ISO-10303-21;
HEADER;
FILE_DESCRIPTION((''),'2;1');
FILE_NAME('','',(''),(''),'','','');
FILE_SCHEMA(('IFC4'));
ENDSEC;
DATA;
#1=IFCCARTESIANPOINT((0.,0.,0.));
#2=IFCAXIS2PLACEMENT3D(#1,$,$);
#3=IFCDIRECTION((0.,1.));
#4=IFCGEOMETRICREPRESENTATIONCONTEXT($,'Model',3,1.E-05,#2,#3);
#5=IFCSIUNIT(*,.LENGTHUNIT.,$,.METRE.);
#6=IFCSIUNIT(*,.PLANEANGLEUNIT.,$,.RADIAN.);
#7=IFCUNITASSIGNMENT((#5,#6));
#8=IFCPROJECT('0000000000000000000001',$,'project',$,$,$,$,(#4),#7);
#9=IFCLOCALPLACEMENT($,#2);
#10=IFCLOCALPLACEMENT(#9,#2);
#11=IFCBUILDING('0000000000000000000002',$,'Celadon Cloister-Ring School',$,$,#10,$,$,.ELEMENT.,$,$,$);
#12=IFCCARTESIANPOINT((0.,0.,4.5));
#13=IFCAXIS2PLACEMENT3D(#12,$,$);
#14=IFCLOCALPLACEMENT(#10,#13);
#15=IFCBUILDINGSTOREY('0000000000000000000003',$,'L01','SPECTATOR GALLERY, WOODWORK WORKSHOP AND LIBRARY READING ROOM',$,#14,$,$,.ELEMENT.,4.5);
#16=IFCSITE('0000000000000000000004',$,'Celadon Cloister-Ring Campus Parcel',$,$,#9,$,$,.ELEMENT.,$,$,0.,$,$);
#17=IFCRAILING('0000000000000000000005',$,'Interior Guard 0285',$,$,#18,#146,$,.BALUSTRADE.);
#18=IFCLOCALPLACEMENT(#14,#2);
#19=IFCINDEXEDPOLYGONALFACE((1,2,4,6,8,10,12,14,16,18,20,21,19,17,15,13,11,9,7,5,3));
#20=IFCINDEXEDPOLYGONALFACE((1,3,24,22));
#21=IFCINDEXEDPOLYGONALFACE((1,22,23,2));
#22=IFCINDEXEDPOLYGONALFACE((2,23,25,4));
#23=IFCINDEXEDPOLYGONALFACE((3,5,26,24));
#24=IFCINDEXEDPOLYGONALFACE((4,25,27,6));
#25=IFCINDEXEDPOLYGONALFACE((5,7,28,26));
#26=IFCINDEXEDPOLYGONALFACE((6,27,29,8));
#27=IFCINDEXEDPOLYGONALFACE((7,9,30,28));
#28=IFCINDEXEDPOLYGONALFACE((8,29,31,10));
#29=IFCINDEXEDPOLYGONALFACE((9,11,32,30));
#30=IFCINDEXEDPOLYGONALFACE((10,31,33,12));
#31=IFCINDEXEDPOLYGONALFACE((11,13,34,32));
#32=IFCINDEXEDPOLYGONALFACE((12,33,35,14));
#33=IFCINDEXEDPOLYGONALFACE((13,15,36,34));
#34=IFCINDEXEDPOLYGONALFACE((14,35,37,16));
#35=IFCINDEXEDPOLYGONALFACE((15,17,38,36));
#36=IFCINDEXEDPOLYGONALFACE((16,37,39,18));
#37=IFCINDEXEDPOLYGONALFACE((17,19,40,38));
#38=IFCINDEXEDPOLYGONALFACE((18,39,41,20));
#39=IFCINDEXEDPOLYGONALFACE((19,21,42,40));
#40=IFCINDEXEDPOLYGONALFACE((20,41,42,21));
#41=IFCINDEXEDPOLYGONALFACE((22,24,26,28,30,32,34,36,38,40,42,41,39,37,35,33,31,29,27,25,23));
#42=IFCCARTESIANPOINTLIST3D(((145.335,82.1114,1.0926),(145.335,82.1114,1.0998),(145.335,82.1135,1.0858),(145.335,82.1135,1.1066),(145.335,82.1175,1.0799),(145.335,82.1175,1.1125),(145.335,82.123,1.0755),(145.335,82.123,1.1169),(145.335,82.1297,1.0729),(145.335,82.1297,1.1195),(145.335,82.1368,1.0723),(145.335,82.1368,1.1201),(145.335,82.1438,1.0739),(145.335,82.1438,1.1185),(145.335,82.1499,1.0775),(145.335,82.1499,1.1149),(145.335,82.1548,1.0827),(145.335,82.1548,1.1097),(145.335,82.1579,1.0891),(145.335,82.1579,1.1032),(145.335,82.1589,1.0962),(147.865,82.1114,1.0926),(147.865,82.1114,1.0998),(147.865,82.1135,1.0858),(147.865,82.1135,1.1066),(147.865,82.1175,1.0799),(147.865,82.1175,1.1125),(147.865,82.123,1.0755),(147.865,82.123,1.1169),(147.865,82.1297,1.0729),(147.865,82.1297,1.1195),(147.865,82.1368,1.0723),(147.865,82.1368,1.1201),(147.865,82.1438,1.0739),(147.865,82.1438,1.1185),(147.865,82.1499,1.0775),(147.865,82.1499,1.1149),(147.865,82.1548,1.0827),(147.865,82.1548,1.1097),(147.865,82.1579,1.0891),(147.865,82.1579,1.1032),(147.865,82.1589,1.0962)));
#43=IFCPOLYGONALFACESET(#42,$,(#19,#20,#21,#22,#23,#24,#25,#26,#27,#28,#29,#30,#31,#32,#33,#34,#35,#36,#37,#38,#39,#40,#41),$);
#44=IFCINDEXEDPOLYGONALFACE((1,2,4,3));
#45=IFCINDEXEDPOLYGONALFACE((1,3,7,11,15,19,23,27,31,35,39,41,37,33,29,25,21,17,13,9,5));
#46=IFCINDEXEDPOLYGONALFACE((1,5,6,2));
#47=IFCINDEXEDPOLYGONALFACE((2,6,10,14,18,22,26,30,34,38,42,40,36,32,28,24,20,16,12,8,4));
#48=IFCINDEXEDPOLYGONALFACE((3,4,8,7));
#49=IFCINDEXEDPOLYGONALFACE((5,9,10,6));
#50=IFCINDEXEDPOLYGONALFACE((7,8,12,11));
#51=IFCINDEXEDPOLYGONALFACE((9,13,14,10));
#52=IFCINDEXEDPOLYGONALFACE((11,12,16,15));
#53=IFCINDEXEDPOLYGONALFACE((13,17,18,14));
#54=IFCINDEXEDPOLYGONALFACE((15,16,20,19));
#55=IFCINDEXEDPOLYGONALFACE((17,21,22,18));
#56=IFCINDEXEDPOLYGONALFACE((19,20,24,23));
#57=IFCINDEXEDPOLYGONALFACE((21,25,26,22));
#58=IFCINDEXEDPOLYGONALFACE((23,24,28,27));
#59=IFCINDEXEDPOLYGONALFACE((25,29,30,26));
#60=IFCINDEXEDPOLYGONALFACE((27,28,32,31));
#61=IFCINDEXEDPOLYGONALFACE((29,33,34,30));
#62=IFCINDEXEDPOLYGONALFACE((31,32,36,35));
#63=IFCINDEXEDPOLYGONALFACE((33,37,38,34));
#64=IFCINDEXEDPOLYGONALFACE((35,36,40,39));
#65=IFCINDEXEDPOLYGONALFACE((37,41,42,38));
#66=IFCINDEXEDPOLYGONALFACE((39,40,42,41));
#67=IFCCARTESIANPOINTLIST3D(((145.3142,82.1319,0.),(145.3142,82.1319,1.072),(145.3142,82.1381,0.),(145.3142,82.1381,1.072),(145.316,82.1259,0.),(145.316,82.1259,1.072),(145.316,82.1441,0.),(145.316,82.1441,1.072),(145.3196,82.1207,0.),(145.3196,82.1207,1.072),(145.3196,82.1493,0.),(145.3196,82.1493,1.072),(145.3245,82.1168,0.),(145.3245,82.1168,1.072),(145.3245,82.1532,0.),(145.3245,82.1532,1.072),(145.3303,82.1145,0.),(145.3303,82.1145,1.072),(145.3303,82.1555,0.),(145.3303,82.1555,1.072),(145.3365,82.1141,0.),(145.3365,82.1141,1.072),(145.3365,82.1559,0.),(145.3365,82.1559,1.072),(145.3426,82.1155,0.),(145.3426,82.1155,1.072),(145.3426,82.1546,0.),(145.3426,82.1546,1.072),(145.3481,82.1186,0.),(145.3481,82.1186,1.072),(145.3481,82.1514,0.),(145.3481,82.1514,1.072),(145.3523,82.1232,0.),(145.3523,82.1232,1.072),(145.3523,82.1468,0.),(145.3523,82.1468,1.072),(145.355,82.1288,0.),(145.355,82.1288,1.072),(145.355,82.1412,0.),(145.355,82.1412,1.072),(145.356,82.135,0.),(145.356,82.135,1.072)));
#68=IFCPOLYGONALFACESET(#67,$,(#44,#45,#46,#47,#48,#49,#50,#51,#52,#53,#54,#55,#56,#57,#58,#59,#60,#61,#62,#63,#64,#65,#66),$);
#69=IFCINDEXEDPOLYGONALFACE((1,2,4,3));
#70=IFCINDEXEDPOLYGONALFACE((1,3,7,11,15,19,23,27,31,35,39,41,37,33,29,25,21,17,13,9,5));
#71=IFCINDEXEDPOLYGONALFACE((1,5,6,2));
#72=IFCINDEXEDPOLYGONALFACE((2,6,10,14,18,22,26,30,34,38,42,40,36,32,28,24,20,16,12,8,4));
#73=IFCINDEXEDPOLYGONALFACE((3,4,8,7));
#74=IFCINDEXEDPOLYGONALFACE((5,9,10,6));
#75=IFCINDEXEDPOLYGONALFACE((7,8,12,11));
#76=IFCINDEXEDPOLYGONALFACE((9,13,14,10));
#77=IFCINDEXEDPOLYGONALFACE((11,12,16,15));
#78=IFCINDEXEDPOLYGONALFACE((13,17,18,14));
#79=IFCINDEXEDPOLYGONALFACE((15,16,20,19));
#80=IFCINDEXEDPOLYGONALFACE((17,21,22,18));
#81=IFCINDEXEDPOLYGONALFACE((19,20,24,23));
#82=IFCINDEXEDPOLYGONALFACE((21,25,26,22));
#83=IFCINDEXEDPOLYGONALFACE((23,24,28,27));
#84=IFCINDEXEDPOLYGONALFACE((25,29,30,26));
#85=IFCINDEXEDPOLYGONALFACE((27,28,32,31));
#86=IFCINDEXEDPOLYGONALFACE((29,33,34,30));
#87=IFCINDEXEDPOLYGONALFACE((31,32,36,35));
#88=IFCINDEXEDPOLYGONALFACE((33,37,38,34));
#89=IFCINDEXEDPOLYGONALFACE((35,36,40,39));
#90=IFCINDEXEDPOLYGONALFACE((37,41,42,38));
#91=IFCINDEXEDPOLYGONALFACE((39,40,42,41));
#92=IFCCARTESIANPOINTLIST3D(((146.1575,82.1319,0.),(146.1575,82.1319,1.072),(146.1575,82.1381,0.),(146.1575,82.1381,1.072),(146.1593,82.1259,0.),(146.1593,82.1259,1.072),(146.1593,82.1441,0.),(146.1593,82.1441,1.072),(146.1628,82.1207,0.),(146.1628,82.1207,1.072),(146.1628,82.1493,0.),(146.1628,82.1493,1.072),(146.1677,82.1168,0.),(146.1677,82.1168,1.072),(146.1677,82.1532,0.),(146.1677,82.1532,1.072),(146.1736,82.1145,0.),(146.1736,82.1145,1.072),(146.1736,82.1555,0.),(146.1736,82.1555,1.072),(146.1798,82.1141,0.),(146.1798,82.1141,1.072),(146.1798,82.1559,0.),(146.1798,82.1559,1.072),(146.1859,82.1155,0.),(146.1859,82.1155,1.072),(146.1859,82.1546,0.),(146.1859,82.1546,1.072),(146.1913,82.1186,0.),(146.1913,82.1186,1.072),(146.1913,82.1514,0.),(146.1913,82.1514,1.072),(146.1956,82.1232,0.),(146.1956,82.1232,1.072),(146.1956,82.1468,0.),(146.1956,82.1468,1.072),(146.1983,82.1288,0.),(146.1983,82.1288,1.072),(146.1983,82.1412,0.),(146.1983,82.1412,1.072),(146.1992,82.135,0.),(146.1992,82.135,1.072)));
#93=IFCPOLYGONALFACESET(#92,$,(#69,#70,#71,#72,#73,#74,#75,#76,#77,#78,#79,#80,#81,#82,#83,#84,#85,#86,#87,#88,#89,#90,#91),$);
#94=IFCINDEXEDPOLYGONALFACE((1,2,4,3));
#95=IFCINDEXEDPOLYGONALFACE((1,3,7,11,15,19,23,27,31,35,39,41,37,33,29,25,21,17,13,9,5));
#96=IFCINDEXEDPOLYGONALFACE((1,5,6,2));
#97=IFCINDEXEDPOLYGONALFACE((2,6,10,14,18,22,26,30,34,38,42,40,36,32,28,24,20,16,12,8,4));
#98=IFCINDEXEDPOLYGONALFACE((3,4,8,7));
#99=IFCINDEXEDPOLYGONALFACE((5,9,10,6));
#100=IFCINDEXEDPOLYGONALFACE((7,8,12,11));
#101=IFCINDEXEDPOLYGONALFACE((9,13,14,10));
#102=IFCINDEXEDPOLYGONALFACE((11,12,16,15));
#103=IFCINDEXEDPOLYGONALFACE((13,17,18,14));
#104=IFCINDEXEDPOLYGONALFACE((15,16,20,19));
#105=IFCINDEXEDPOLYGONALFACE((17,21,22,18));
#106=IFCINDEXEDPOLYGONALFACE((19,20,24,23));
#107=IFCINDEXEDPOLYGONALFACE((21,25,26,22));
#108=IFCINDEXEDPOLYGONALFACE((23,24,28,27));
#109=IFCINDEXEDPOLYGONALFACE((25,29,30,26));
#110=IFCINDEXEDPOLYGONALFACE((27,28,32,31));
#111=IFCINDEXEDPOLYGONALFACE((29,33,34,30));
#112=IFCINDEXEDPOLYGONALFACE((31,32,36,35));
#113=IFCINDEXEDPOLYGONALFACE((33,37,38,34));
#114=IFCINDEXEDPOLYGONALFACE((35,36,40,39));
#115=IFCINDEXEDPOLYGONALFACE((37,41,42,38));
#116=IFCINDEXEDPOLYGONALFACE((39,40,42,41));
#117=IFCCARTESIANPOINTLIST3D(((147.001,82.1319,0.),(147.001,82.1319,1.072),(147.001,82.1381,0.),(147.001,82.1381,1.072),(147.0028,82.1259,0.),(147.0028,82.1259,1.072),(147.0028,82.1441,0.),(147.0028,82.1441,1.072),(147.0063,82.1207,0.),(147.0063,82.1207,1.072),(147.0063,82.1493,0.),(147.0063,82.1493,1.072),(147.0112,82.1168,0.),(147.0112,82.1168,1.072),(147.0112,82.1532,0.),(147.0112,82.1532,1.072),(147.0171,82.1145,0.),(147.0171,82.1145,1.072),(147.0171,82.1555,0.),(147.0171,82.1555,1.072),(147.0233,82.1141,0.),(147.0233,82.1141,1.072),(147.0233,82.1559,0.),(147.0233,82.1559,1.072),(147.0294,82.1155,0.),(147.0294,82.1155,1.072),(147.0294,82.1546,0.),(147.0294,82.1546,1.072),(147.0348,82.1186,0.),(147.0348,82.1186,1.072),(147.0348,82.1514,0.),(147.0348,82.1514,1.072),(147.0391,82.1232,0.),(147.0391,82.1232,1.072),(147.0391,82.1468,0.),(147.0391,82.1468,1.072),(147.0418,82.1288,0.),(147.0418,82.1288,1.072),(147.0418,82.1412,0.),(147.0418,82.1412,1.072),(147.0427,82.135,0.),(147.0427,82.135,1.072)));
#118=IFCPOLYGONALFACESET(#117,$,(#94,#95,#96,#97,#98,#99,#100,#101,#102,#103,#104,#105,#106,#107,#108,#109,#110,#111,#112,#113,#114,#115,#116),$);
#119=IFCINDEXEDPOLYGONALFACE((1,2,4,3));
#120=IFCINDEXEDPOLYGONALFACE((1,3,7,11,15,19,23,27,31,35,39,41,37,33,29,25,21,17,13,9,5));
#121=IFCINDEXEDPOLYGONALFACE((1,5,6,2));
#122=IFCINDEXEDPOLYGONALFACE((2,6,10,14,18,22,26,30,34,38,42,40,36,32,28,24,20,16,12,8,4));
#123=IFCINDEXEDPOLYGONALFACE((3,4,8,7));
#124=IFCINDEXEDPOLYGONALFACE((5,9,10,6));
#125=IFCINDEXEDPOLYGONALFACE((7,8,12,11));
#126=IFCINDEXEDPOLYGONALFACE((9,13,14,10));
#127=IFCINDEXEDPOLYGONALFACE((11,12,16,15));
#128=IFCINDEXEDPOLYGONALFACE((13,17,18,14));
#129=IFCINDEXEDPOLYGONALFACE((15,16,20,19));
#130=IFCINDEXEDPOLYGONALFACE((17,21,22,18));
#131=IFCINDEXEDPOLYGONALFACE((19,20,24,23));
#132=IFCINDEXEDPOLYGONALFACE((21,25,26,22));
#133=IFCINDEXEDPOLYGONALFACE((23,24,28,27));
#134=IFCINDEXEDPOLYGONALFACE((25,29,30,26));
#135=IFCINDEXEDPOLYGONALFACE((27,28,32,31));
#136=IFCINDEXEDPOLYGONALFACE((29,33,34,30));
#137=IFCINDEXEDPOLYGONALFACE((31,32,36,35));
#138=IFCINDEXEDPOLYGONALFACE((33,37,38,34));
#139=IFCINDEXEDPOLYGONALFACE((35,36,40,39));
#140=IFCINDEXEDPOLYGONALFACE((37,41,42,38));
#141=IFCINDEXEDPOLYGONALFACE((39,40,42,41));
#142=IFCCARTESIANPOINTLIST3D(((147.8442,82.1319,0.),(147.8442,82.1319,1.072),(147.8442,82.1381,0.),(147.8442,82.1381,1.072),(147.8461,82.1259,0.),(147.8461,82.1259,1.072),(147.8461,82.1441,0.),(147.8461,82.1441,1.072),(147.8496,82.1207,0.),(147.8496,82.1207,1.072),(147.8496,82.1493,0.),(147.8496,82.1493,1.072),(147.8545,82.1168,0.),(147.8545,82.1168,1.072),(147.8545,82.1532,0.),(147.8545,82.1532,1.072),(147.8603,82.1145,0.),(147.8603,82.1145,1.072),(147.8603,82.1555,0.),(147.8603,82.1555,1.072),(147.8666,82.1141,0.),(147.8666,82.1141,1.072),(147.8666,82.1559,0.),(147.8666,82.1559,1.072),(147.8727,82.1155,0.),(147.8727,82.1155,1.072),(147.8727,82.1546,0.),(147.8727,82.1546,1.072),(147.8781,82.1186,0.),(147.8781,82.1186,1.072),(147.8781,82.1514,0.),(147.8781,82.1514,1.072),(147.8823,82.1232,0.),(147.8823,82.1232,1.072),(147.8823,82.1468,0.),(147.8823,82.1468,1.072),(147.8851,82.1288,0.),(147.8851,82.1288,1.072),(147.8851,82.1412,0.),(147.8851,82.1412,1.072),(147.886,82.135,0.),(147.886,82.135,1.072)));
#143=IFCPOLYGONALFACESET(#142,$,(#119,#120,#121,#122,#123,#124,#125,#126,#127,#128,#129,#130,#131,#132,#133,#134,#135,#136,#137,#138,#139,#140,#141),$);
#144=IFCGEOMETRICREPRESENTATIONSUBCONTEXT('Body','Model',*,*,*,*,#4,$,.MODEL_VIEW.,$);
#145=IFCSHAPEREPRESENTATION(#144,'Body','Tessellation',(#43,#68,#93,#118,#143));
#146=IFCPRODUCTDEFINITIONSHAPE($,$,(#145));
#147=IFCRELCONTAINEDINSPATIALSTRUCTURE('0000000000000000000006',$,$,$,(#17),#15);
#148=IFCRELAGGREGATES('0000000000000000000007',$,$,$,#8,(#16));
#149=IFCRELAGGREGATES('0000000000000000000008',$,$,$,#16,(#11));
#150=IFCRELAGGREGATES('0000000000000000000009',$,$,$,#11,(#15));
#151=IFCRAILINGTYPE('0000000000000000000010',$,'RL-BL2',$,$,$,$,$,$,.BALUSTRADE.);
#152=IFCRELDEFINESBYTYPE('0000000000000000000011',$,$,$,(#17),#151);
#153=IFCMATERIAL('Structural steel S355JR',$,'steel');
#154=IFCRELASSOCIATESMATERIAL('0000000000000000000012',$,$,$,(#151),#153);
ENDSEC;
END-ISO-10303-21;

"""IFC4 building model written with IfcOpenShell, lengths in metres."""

from ifc_helpers import new_model, si_unit, direction, frame, origin, origin_2d, place, context, subcontext, project, spatial, circle, extrude, material, type_object, element, save


model = new_model("IFC4")

# Units and contexts
model_context = context("Model", 3, precision=1e-05, world=origin(), true_north=direction((0.0, 1.0)))
body_context = subcontext(model_context, "Body", "Model", "MODEL_VIEW")
ifc_project = project(units=[si_unit("LENGTHUNIT", "METRE"), si_unit("PLANEANGLEUNIT", "RADIAN")], contexts=[model_context])

# Site, building, storey
site_placement = place(None, origin())
site = spatial("IfcSite", under=ifc_project, at=site_placement, Name="Celadon Cloister-Ring Campus Parcel", CompositionType="ELEMENT", RefElevation=0.0)
building_placement = place(site_placement, origin())
building = spatial("IfcBuilding", under=site, at=building_placement, Name="Celadon Cloister-Ring School", CompositionType="ELEMENT")
storey_placement = place(building_placement, frame((0.0, 0.0, 4.5)))
storey = spatial("IfcBuildingStorey", under=building, at=storey_placement, Name="L01", Description="SPECTATOR GALLERY, WOODWORK WORKSHOP AND LIBRARY READING ROOM", CompositionType="ELEMENT", Elevation=4.5)

# Railing
ifc_material_1 = material(Name="Structural steel S355JR", Category="steel")
railing_type_1 = type_object("IfcRailingType", Name="RL-BL2", PredefinedType="BALUSTRADE", material=ifc_material_1)
railing_1_placement = place(storey_placement, frame((145.335, 82.135, 0.0)))
element("IfcRailing", 1, at=railing_1_placement, inside=storey, type_object=railing_type_1, Name="Interior Guard 0285", PredefinedType="BALUSTRADE", context=body_context, shape_type="SweptSolid", body=[
    extrude(circle(Radius=0.0239, at=origin_2d()), frame((0.0, 0.0, 1.0962), z_axis=(1.0, 0.0, 0.0), x_axis=(0.0, 1.0, 0.0)), (0.0, 0.0, 1.0), 2.53),
    extrude(circle(Radius=0.021, at=origin_2d()), origin(), (0.0, 0.0, 1.0), 1.072),
    extrude(circle(Radius=0.021, at=origin_2d()), frame((0.8433, 0.0, 0.0)), (0.0, 0.0, 1.0), 1.072),
    extrude(circle(Radius=0.021, at=origin_2d()), frame((1.6868, 0.0, 0.0)), (0.0, 0.0, 1.0), 1.072),
    extrude(circle(Radius=0.021, at=origin_2d()), frame((2.53, 0.0, 0.0)), (0.0, 0.0, 1.0), 1.072),
])

save(model, "model.ifc")
